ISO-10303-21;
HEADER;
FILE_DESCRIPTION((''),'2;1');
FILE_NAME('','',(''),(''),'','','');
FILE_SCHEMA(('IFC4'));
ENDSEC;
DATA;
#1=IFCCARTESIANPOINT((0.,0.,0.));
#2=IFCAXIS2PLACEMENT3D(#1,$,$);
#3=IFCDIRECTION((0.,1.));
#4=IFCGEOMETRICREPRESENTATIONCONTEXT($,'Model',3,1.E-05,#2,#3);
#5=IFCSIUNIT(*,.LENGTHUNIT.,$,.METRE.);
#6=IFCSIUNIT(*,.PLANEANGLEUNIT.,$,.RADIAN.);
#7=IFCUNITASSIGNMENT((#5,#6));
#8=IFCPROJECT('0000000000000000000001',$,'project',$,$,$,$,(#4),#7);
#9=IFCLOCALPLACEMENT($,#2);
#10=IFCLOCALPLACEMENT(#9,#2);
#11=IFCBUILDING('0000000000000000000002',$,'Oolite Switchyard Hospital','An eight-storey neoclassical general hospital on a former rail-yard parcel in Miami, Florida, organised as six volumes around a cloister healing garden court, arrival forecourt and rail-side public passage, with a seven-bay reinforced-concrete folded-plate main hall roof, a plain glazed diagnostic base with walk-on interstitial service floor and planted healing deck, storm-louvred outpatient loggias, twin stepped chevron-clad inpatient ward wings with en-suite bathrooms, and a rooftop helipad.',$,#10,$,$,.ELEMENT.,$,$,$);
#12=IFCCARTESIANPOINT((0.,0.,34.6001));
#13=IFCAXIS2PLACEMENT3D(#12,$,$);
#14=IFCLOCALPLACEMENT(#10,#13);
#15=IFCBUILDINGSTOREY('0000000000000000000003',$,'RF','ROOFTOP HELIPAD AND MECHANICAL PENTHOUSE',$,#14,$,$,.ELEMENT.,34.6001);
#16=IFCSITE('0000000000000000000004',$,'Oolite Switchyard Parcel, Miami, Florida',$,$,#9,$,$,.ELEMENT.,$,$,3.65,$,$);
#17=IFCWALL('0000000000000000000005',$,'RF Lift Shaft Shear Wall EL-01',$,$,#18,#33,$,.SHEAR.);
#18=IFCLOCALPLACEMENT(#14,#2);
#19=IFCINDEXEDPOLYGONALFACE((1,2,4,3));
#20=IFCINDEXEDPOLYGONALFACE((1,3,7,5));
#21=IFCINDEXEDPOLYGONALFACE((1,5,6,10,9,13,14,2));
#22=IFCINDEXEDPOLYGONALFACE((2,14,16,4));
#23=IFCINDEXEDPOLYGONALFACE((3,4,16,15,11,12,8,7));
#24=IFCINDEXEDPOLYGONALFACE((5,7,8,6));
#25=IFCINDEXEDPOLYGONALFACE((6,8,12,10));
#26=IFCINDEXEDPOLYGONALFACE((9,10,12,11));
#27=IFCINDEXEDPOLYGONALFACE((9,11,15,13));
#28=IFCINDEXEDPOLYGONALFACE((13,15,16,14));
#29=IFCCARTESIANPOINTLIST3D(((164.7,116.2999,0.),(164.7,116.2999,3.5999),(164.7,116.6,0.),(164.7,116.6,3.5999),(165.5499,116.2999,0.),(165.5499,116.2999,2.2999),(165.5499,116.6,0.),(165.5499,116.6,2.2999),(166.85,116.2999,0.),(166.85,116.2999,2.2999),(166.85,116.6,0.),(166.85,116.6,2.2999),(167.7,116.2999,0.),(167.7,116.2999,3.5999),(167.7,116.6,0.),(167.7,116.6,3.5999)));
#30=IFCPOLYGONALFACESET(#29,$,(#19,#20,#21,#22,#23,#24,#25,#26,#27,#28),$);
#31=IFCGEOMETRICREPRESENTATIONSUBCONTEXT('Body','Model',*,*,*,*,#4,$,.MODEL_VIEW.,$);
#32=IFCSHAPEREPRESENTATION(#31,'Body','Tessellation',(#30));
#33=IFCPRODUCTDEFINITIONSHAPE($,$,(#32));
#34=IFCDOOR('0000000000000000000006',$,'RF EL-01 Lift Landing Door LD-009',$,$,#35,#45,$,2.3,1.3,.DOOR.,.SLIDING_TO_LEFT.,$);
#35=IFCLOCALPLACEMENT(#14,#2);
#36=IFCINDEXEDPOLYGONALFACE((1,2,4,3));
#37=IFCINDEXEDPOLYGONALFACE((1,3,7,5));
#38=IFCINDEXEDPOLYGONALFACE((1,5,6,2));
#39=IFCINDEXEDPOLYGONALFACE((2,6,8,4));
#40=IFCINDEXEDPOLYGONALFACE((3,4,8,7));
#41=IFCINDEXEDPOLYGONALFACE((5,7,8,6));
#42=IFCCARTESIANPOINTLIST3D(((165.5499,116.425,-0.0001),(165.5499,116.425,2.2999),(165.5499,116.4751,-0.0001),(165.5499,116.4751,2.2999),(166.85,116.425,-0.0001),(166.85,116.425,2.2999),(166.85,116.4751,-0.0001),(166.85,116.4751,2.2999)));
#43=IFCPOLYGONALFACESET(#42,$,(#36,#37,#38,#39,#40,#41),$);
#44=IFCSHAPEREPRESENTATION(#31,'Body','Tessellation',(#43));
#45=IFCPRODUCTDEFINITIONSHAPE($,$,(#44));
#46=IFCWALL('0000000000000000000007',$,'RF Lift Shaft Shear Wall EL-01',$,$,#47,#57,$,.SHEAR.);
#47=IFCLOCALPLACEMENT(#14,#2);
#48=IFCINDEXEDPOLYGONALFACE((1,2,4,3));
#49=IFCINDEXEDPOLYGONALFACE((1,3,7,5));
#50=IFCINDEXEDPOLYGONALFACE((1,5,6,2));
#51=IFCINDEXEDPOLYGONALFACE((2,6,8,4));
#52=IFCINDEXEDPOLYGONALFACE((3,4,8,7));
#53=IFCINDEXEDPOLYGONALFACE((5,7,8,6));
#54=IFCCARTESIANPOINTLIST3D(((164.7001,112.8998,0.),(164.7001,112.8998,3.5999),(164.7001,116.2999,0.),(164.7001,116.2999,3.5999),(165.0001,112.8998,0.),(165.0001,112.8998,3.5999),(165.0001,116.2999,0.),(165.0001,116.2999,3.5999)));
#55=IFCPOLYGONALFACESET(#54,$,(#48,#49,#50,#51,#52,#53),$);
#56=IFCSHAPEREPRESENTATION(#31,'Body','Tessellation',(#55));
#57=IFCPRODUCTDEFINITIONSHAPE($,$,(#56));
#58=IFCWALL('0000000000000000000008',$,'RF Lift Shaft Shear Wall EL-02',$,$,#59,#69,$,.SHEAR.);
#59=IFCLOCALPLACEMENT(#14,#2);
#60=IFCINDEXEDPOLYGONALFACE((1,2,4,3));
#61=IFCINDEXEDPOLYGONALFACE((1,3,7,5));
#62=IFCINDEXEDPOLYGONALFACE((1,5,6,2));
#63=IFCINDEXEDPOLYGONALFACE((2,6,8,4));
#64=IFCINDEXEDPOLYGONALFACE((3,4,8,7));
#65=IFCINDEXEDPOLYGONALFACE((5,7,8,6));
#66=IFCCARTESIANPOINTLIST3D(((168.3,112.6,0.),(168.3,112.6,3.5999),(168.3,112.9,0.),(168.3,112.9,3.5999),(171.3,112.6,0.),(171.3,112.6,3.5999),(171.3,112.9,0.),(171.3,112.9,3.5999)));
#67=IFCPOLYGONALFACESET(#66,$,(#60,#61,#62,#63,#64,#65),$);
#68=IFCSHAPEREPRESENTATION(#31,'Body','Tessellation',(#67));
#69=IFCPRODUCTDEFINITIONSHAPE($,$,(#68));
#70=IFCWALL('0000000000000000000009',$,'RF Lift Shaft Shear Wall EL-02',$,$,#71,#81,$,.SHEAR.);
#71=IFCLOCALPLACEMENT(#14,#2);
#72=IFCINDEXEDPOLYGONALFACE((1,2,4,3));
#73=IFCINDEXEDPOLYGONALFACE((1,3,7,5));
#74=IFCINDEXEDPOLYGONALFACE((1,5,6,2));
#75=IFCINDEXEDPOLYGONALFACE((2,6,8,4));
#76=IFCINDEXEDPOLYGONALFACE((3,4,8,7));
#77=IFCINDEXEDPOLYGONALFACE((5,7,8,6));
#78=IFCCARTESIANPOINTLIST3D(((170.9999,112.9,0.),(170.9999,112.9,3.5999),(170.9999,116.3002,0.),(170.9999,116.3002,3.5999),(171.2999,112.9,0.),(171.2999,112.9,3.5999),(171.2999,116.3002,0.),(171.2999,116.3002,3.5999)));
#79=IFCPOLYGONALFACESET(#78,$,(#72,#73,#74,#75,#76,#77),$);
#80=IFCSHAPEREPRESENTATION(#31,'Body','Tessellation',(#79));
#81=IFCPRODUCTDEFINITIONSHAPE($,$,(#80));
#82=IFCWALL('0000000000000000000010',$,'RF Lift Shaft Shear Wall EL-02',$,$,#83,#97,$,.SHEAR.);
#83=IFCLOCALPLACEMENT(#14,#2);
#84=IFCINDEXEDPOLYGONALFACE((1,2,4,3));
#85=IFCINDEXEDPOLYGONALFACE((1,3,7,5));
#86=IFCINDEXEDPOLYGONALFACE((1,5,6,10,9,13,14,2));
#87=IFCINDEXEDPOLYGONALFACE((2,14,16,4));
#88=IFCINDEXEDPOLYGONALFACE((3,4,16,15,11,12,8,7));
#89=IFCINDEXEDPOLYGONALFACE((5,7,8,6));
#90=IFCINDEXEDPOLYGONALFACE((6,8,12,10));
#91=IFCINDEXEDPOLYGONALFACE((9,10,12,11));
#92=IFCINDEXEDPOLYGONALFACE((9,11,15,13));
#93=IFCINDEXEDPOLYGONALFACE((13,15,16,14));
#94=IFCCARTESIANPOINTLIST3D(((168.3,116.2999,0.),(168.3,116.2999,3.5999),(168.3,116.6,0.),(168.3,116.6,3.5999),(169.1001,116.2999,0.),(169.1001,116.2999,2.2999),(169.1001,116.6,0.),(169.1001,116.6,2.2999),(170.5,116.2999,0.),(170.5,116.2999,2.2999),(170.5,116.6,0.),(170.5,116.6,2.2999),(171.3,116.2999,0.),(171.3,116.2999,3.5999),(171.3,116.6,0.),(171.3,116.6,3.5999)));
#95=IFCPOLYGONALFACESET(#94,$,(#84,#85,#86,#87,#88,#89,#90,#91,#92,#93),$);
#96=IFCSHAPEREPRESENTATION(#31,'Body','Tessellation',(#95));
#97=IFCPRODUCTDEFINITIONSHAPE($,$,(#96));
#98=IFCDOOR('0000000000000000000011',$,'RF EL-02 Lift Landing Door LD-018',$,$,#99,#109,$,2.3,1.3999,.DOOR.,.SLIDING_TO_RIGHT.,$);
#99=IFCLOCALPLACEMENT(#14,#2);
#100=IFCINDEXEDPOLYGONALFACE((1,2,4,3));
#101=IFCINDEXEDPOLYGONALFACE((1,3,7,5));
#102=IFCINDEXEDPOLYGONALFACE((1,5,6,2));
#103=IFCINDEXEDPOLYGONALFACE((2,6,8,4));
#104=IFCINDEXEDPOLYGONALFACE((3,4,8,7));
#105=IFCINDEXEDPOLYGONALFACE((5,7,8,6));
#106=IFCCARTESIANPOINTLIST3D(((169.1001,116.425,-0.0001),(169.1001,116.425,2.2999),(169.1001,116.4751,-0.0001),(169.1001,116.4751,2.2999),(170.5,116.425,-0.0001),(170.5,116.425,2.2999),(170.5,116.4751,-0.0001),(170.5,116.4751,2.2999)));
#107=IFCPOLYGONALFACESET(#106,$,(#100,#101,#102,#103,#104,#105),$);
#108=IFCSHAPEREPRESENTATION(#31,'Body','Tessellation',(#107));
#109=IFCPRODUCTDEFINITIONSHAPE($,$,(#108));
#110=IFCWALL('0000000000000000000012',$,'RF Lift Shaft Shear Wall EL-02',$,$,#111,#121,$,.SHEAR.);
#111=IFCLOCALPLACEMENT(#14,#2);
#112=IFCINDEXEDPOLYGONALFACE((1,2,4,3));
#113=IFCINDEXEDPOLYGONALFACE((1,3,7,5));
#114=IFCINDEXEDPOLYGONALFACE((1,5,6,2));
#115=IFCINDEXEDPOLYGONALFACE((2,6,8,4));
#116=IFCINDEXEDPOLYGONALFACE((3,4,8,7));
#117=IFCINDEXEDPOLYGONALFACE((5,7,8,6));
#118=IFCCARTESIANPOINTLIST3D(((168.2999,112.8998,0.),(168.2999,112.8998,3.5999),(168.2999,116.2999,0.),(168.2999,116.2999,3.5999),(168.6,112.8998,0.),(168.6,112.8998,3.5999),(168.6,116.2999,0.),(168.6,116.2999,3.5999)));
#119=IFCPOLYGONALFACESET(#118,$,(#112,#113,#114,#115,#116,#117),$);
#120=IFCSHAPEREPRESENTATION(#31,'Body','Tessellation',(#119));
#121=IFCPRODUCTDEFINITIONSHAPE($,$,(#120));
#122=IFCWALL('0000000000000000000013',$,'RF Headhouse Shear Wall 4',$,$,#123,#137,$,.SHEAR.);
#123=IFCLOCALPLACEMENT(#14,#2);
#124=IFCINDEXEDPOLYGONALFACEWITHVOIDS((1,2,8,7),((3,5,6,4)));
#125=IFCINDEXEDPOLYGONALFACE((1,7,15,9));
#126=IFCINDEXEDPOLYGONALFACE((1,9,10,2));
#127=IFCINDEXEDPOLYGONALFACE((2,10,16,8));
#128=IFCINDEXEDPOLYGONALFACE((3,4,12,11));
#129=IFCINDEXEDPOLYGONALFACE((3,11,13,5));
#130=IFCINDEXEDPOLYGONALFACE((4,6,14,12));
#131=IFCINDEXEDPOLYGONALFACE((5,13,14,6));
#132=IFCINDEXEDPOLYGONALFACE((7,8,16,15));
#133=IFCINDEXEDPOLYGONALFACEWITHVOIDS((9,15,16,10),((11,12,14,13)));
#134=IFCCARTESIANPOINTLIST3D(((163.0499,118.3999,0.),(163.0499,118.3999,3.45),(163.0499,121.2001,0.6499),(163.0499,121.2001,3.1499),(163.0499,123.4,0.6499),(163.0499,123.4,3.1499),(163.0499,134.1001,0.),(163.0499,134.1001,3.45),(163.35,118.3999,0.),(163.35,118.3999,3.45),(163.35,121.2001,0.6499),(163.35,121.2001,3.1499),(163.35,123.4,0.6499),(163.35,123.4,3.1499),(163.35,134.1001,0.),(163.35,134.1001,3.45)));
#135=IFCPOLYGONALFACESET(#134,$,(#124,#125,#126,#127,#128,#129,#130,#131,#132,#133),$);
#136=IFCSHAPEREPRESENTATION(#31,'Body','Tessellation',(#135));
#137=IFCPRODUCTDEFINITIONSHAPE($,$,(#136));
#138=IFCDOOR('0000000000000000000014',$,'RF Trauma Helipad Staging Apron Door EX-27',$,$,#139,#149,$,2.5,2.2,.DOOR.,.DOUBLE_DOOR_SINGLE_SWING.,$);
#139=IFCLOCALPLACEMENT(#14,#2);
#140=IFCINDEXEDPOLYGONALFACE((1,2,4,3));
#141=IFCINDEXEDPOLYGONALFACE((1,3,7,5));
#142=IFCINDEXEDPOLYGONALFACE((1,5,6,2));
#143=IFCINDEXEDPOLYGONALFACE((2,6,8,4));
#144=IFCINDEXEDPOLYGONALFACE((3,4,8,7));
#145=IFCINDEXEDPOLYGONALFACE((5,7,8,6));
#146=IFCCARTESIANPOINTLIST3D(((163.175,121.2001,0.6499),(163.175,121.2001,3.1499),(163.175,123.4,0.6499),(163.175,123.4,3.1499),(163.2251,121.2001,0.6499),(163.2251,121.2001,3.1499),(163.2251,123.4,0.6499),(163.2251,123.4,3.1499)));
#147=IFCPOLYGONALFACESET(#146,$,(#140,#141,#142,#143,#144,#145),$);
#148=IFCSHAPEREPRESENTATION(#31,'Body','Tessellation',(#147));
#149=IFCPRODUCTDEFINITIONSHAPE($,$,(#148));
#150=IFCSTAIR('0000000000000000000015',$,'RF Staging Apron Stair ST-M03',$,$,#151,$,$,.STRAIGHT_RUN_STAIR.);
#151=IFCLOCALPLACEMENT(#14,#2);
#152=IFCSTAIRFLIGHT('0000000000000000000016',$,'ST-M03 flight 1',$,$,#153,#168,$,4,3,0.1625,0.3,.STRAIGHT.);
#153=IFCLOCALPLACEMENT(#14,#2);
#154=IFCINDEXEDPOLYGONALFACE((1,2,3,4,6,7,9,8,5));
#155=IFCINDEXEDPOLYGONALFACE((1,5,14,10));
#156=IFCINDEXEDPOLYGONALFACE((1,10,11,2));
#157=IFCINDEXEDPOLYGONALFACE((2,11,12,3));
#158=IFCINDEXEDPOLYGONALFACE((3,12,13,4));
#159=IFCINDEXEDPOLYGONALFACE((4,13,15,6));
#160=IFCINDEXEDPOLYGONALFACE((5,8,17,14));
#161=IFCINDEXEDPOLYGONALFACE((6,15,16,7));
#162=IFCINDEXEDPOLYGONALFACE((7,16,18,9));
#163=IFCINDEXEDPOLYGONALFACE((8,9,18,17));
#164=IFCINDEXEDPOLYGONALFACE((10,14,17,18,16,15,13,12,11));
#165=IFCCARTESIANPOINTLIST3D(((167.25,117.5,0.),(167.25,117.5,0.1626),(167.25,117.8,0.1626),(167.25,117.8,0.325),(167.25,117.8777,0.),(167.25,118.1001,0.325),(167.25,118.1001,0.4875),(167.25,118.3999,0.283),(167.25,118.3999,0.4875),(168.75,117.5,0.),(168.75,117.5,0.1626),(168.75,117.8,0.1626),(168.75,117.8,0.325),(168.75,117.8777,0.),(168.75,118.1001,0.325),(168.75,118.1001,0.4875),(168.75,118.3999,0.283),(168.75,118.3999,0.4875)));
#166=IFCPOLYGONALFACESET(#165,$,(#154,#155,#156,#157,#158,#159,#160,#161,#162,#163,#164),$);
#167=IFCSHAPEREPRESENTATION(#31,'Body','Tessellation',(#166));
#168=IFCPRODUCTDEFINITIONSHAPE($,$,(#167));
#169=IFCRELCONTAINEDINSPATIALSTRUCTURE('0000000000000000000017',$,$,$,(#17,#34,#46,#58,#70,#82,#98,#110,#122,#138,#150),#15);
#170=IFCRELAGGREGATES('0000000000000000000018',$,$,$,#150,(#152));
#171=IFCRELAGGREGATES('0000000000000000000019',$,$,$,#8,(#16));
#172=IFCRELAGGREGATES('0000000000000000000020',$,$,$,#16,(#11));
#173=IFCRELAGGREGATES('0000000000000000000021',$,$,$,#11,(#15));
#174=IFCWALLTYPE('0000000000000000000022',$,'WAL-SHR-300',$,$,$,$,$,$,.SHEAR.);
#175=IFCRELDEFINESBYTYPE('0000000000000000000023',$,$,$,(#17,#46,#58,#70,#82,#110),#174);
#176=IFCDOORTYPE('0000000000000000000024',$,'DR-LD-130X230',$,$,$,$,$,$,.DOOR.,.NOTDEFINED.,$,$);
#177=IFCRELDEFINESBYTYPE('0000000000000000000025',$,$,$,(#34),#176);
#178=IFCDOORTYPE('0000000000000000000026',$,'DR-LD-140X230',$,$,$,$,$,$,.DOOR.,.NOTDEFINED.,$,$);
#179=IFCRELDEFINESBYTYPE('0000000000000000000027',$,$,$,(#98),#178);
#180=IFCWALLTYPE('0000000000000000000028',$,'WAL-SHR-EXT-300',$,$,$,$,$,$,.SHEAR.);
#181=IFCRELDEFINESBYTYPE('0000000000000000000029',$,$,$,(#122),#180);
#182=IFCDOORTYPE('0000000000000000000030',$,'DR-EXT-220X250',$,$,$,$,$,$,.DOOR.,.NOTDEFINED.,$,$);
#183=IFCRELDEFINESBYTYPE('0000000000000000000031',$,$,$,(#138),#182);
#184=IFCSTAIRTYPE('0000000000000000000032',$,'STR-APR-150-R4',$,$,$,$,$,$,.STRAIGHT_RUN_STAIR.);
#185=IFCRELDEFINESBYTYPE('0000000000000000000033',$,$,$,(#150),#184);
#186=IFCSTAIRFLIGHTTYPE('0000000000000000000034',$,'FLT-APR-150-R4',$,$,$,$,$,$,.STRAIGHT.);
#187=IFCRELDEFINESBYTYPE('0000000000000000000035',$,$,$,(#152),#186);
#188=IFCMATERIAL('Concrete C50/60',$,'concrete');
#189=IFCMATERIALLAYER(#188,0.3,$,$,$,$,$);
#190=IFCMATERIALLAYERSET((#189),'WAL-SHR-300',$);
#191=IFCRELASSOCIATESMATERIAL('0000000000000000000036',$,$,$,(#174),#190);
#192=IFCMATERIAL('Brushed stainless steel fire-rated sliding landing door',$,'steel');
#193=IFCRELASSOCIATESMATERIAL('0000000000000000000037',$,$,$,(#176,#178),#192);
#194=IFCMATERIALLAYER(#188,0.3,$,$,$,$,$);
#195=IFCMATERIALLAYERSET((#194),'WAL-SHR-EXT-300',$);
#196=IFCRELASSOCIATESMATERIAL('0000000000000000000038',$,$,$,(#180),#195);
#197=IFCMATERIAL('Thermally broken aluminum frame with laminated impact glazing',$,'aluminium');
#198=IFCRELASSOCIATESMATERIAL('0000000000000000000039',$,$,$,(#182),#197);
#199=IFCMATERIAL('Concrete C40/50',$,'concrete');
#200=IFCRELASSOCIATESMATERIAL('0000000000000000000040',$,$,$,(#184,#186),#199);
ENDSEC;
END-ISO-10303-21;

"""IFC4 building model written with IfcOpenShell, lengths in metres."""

from ifc_helpers import new_model, si_unit, direction, frame, frame_2d, origin, place, context, subcontext, project, spatial, polyline, rectangle, outline, extrude, material, layer, layer_set, type_object, element, fill, aggregate, save


model = new_model("IFC4")

# Units and contexts
model_context = context("Model", 3, precision=1e-05, world=origin(), true_north=direction((0.0, 1.0)))
body_context = subcontext(model_context, "Body", "Model", "MODEL_VIEW")
ifc_project = project(units=[si_unit("LENGTHUNIT", "METRE"), si_unit("PLANEANGLEUNIT", "RADIAN")], contexts=[model_context])

# Site, building, storey
site_placement = place(None, origin())
site = spatial("IfcSite", under=ifc_project, at=site_placement, Name="Oolite Switchyard Parcel, Miami, Florida", CompositionType="ELEMENT", RefElevation=3.65)
building_placement = place(site_placement, origin())
building = spatial("IfcBuilding", under=site, at=building_placement, Name="Oolite Switchyard Hospital", Description="An eight-storey neoclassical general hospital on a former rail-yard parcel in Miami, Florida, organised as six volumes around a cloister healing garden court, arrival forecourt and rail-side public passage, with a seven-bay reinforced-concrete folded-plate main hall roof, a plain glazed diagnostic base with walk-on interstitial service floor and planted healing deck, storm-louvred outpatient loggias, twin stepped chevron-clad inpatient ward wings with en-suite bathrooms, and a rooftop helipad.", CompositionType="ELEMENT")
storey_placement = place(building_placement, frame((0.0, 0.0, 34.6001)))
storey = spatial("IfcBuildingStorey", under=building, at=storey_placement, Name="RF", Description="ROOFTOP HELIPAD AND MECHANICAL PENTHOUSE", CompositionType="ELEMENT", Elevation=34.6001)

# Shared definitions
ifc_material_1 = material(Name="Concrete C50/60", Category="concrete")

# Shared definitions
ifc_material_2 = material(Name="Concrete C40/50", Category="concrete")

# Shared definitions
ifc_layer_1 = layer(ifc_material_1, 0.3)
ifc_layer_set_1 = layer_set([ifc_layer_1], Name="WAL-SHR-300")
wall_type_1 = type_object("IfcWallType", Name="WAL-SHR-300", PredefinedType="SHEAR", material=ifc_layer_set_1)

# Wall, opening, door
wall_1_placement = place(storey_placement, frame((167.7, 116.45, 0.0), z_axis=(0.0, 0.0, 1.0), x_axis=(-1.0, 0.0, 0.0)))
wall_1 = element("IfcWall", 1, at=wall_1_placement, inside=storey, type_object=wall_type_1, Name="RF Lift Shaft Shear Wall EL-01", PredefinedType="SHEAR", context=body_context, shape_type="SweptSolid", body=[
    extrude(rectangle(XDim=3.0, YDim=0.3, at=frame_2d((1.5, 0.0))), origin(), (0.0, 0.0, 1.0), 3.5999),
])
opening_1_placement = place(wall_1_placement, frame((0.8501, 0.0, 0.0)))
opening_1 = element("IfcOpeningElement", 2, at=opening_1_placement, cuts=wall_1, PredefinedType="OPENING", context=body_context, shape_type="SweptSolid", body=[
    extrude(rectangle(XDim=1.3, YDim=2.3, at=frame_2d((0.6499, 1.1499))), frame((0.0, 0.1602, 0.0), z_axis=(0.0, -1.0, 0.0), x_axis=(1.0, 0.0, 0.0)), (0.0, 0.0, 1.0), 0.3201),
])
ifc_material_3 = material(Name="Brushed stainless steel fire-rated sliding landing door", Category="steel")
door_type_1 = type_object("IfcDoorType", Name="DR-LD-130X230", OperationType="NOTDEFINED", PredefinedType="DOOR", material=ifc_material_3)
door_1_placement = place(opening_1_placement, origin())
door_1 = element("IfcDoor", 3, at=door_1_placement, inside=storey, type_object=door_type_1, Name="RF EL-01 Lift Landing Door LD-009", OperationType="SLIDING_TO_LEFT", OverallHeight=2.3, OverallWidth=1.3, PredefinedType="DOOR", context=body_context, shape_type="SweptSolid", body=[
    extrude(rectangle(XDim=1.3, YDim=2.3, at=frame_2d((0.6499, 1.1499))), frame((0.0, 0.0249, 0.0), z_axis=(0.0, -1.0, 0.0), x_axis=(1.0, 0.0, 0.0)), (0.0, 0.0, 1.0), 0.05),
])
fill(opening_1, door_1)

# Walls
wall_2_placement = place(storey_placement, frame((164.8501, 116.3, 0.0), z_axis=(0.0, 0.0, 1.0), x_axis=(0.0, -1.0, 0.0)))
element("IfcWall", 4, at=wall_2_placement, inside=storey, type_object=wall_type_1, Name="RF Lift Shaft Shear Wall EL-01", PredefinedType="SHEAR", context=body_context, shape_type="SweptSolid", body=[
    extrude(rectangle(XDim=3.4001, YDim=0.3, at=frame_2d((1.7002, 0.0))), origin(), (0.0, 0.0, 1.0), 3.5999),
])
wall_3_placement = place(storey_placement, frame((168.3, 112.75, 0.0), z_axis=(0.0, 0.0, 1.0), x_axis=(1.0, 0.0, 0.0)))
element("IfcWall", 5, at=wall_3_placement, inside=storey, type_object=wall_type_1, Name="RF Lift Shaft Shear Wall EL-02", PredefinedType="SHEAR", context=body_context, shape_type="SweptSolid", body=[
    extrude(rectangle(XDim=3.0, YDim=0.3, at=frame_2d((1.5, 0.0))), origin(), (0.0, 0.0, 1.0), 3.5999),
])
wall_4_placement = place(storey_placement, frame((171.1499, 112.8999, 0.0), z_axis=(0.0, 0.0, 1.0), x_axis=(0.0, 1.0, 0.0)))
element("IfcWall", 6, at=wall_4_placement, inside=storey, type_object=wall_type_1, Name="RF Lift Shaft Shear Wall EL-02", PredefinedType="SHEAR", context=body_context, shape_type="SweptSolid", body=[
    extrude(rectangle(XDim=3.4001, YDim=0.3, at=frame_2d((1.7002, 0.0))), origin(), (0.0, 0.0, 1.0), 3.5999),
])

# Wall, opening, door
wall_5_placement = place(storey_placement, frame((171.3, 116.45, 0.0), z_axis=(0.0, 0.0, 1.0), x_axis=(-1.0, 0.0, 0.0)))
wall_5 = element("IfcWall", 7, at=wall_5_placement, inside=storey, type_object=wall_type_1, Name="RF Lift Shaft Shear Wall EL-02", PredefinedType="SHEAR", context=body_context, shape_type="SweptSolid", body=[
    extrude(rectangle(XDim=3.0, YDim=0.3, at=frame_2d((1.5, 0.0))), origin(), (0.0, 0.0, 1.0), 3.5999),
])
opening_2_placement = place(wall_5_placement, frame((0.8, 0.0, 0.0)))
opening_2 = element("IfcOpeningElement", 8, at=opening_2_placement, cuts=wall_5, PredefinedType="OPENING", context=body_context, shape_type="SweptSolid", body=[
    extrude(rectangle(XDim=1.3999, YDim=2.3, at=frame_2d((0.7, 1.1499))), frame((0.0, 0.1602, 0.0), z_axis=(0.0, -1.0, 0.0), x_axis=(1.0, 0.0, 0.0)), (0.0, 0.0, 1.0), 0.3201),
])
door_type_2 = type_object("IfcDoorType", Name="DR-LD-140X230", OperationType="NOTDEFINED", PredefinedType="DOOR", material=ifc_material_3)
door_2_placement = place(opening_2_placement, origin())
door_2 = element("IfcDoor", 9, at=door_2_placement, inside=storey, type_object=door_type_2, Name="RF EL-02 Lift Landing Door LD-018", OperationType="SLIDING_TO_RIGHT", OverallHeight=2.3, OverallWidth=1.3999, PredefinedType="DOOR", context=body_context, shape_type="SweptSolid", body=[
    extrude(rectangle(XDim=1.3999, YDim=2.3, at=frame_2d((0.7, 1.1499))), frame((0.0, 0.0249, 0.0), z_axis=(0.0, -1.0, 0.0), x_axis=(1.0, 0.0, 0.0)), (0.0, 0.0, 1.0), 0.05),
])
fill(opening_2, door_2)

# Wall
wall_6_placement = place(storey_placement, frame((168.45, 116.3, 0.0), z_axis=(0.0, 0.0, 1.0), x_axis=(0.0, -1.0, 0.0)))
element("IfcWall", 10, at=wall_6_placement, inside=storey, type_object=wall_type_1, Name="RF Lift Shaft Shear Wall EL-02", PredefinedType="SHEAR", context=body_context, shape_type="SweptSolid", body=[
    extrude(rectangle(XDim=3.4001, YDim=0.3, at=frame_2d((1.7002, 0.0))), origin(), (0.0, 0.0, 1.0), 3.5999),
])

# Wall, opening, door
ifc_layer_2 = layer(ifc_material_1, 0.3)
ifc_layer_set_2 = layer_set([ifc_layer_2], Name="WAL-SHR-EXT-300")
wall_type_2 = type_object("IfcWallType", Name="WAL-SHR-EXT-300", PredefinedType="SHEAR", material=ifc_layer_set_2)
wall_7_placement = place(storey_placement, frame((163.2, 118.3999, 0.0), z_axis=(0.0, 0.0, 1.0), x_axis=(0.0, 1.0, 0.0)))
wall_7 = element("IfcWall", 11, at=wall_7_placement, inside=storey, type_object=wall_type_2, Name="RF Headhouse Shear Wall 4", PredefinedType="SHEAR", context=body_context, shape_type="SweptSolid", body=[
    extrude(rectangle(XDim=15.7002, YDim=0.3, at=frame_2d((7.8501, 0.0))), origin(), (0.0, 0.0, 1.0), 3.45),
])
opening_3_placement = place(wall_7_placement, frame((2.8, 0.0, 0.6499)))
opening_3 = element("IfcOpeningElement", 12, at=opening_3_placement, cuts=wall_7, PredefinedType="OPENING", context=body_context, shape_type="SweptSolid", body=[
    extrude(rectangle(XDim=2.2, YDim=2.5, at=frame_2d((1.1001, 1.25))), frame((0.0, 0.1602, 0.0), z_axis=(0.0, -1.0, 0.0), x_axis=(1.0, 0.0, 0.0)), (0.0, 0.0, 1.0), 0.3201),
])
ifc_material_4 = material(Name="Thermally broken aluminum frame with laminated impact glazing", Category="aluminium")
door_type_3 = type_object("IfcDoorType", Name="DR-EXT-220X250", OperationType="NOTDEFINED", PredefinedType="DOOR", material=ifc_material_4)
door_3_placement = place(opening_3_placement, origin())
door_3 = element("IfcDoor", 13, at=door_3_placement, inside=storey, type_object=door_type_3, Name="RF Trauma Helipad Staging Apron Door EX-27", OperationType="DOUBLE_DOOR_SINGLE_SWING", OverallHeight=2.5, OverallWidth=2.2, PredefinedType="DOOR", context=body_context, shape_type="SweptSolid", body=[
    extrude(rectangle(XDim=2.2, YDim=2.5, at=frame_2d((1.1001, 1.25))), frame((0.0, 0.0249, 0.0), z_axis=(0.0, -1.0, 0.0), x_axis=(1.0, 0.0, 0.0)), (0.0, 0.0, 1.0), 0.05),
])
fill(opening_3, door_3)

# Stair, stair flight
stair_type_1 = type_object("IfcStairType", Name="STR-APR-150-R4", PredefinedType="STRAIGHT_RUN_STAIR", material=ifc_material_2)
stair_1_placement = place(storey_placement, origin())
stair_1 = element("IfcStair", 14, at=stair_1_placement, inside=storey, type_object=stair_type_1, Name="RF Staging Apron Stair ST-M03", PredefinedType="STRAIGHT_RUN_STAIR")
stair_flight_type_1 = type_object("IfcStairFlightType", Name="FLT-APR-150-R4", PredefinedType="STRAIGHT", material=ifc_material_2)
stair_flight_1_placement = place(storey_placement, frame((168.0, 117.5, 0.0), z_axis=(0.0, 0.0, 1.0), x_axis=(0.0, 1.0, 0.0)))
stair_flight_1 = element("IfcStairFlight", 15, at=stair_flight_1_placement, type_object=stair_flight_type_1, Name="ST-M03 flight 1", NumberOfRisers=4, NumberOfTreads=3, PredefinedType="STRAIGHT", RiserHeight=0.1625, TreadLength=0.3, context=body_context, shape_type="SweptSolid", body=[
    extrude(outline(polyline([(0.0, 0.0), (0.0, 0.1626), (0.3, 0.1626), (0.3, 0.325), (0.6001, 0.325), (0.6001, 0.4875), (0.8999, 0.4875), (0.8999, 0.6499), (0.8999, 0.283), (0.3777, 0.0), (0.0, 0.0)])), frame((0.0, 0.75, 0.0), z_axis=(0.0, -1.0, 0.0), x_axis=(1.0, 0.0, 0.0)), (0.0, 0.0, 1.0), 1.5),
])
aggregate(stair_1, [stair_flight_1])

save(model, "model.ifc")
